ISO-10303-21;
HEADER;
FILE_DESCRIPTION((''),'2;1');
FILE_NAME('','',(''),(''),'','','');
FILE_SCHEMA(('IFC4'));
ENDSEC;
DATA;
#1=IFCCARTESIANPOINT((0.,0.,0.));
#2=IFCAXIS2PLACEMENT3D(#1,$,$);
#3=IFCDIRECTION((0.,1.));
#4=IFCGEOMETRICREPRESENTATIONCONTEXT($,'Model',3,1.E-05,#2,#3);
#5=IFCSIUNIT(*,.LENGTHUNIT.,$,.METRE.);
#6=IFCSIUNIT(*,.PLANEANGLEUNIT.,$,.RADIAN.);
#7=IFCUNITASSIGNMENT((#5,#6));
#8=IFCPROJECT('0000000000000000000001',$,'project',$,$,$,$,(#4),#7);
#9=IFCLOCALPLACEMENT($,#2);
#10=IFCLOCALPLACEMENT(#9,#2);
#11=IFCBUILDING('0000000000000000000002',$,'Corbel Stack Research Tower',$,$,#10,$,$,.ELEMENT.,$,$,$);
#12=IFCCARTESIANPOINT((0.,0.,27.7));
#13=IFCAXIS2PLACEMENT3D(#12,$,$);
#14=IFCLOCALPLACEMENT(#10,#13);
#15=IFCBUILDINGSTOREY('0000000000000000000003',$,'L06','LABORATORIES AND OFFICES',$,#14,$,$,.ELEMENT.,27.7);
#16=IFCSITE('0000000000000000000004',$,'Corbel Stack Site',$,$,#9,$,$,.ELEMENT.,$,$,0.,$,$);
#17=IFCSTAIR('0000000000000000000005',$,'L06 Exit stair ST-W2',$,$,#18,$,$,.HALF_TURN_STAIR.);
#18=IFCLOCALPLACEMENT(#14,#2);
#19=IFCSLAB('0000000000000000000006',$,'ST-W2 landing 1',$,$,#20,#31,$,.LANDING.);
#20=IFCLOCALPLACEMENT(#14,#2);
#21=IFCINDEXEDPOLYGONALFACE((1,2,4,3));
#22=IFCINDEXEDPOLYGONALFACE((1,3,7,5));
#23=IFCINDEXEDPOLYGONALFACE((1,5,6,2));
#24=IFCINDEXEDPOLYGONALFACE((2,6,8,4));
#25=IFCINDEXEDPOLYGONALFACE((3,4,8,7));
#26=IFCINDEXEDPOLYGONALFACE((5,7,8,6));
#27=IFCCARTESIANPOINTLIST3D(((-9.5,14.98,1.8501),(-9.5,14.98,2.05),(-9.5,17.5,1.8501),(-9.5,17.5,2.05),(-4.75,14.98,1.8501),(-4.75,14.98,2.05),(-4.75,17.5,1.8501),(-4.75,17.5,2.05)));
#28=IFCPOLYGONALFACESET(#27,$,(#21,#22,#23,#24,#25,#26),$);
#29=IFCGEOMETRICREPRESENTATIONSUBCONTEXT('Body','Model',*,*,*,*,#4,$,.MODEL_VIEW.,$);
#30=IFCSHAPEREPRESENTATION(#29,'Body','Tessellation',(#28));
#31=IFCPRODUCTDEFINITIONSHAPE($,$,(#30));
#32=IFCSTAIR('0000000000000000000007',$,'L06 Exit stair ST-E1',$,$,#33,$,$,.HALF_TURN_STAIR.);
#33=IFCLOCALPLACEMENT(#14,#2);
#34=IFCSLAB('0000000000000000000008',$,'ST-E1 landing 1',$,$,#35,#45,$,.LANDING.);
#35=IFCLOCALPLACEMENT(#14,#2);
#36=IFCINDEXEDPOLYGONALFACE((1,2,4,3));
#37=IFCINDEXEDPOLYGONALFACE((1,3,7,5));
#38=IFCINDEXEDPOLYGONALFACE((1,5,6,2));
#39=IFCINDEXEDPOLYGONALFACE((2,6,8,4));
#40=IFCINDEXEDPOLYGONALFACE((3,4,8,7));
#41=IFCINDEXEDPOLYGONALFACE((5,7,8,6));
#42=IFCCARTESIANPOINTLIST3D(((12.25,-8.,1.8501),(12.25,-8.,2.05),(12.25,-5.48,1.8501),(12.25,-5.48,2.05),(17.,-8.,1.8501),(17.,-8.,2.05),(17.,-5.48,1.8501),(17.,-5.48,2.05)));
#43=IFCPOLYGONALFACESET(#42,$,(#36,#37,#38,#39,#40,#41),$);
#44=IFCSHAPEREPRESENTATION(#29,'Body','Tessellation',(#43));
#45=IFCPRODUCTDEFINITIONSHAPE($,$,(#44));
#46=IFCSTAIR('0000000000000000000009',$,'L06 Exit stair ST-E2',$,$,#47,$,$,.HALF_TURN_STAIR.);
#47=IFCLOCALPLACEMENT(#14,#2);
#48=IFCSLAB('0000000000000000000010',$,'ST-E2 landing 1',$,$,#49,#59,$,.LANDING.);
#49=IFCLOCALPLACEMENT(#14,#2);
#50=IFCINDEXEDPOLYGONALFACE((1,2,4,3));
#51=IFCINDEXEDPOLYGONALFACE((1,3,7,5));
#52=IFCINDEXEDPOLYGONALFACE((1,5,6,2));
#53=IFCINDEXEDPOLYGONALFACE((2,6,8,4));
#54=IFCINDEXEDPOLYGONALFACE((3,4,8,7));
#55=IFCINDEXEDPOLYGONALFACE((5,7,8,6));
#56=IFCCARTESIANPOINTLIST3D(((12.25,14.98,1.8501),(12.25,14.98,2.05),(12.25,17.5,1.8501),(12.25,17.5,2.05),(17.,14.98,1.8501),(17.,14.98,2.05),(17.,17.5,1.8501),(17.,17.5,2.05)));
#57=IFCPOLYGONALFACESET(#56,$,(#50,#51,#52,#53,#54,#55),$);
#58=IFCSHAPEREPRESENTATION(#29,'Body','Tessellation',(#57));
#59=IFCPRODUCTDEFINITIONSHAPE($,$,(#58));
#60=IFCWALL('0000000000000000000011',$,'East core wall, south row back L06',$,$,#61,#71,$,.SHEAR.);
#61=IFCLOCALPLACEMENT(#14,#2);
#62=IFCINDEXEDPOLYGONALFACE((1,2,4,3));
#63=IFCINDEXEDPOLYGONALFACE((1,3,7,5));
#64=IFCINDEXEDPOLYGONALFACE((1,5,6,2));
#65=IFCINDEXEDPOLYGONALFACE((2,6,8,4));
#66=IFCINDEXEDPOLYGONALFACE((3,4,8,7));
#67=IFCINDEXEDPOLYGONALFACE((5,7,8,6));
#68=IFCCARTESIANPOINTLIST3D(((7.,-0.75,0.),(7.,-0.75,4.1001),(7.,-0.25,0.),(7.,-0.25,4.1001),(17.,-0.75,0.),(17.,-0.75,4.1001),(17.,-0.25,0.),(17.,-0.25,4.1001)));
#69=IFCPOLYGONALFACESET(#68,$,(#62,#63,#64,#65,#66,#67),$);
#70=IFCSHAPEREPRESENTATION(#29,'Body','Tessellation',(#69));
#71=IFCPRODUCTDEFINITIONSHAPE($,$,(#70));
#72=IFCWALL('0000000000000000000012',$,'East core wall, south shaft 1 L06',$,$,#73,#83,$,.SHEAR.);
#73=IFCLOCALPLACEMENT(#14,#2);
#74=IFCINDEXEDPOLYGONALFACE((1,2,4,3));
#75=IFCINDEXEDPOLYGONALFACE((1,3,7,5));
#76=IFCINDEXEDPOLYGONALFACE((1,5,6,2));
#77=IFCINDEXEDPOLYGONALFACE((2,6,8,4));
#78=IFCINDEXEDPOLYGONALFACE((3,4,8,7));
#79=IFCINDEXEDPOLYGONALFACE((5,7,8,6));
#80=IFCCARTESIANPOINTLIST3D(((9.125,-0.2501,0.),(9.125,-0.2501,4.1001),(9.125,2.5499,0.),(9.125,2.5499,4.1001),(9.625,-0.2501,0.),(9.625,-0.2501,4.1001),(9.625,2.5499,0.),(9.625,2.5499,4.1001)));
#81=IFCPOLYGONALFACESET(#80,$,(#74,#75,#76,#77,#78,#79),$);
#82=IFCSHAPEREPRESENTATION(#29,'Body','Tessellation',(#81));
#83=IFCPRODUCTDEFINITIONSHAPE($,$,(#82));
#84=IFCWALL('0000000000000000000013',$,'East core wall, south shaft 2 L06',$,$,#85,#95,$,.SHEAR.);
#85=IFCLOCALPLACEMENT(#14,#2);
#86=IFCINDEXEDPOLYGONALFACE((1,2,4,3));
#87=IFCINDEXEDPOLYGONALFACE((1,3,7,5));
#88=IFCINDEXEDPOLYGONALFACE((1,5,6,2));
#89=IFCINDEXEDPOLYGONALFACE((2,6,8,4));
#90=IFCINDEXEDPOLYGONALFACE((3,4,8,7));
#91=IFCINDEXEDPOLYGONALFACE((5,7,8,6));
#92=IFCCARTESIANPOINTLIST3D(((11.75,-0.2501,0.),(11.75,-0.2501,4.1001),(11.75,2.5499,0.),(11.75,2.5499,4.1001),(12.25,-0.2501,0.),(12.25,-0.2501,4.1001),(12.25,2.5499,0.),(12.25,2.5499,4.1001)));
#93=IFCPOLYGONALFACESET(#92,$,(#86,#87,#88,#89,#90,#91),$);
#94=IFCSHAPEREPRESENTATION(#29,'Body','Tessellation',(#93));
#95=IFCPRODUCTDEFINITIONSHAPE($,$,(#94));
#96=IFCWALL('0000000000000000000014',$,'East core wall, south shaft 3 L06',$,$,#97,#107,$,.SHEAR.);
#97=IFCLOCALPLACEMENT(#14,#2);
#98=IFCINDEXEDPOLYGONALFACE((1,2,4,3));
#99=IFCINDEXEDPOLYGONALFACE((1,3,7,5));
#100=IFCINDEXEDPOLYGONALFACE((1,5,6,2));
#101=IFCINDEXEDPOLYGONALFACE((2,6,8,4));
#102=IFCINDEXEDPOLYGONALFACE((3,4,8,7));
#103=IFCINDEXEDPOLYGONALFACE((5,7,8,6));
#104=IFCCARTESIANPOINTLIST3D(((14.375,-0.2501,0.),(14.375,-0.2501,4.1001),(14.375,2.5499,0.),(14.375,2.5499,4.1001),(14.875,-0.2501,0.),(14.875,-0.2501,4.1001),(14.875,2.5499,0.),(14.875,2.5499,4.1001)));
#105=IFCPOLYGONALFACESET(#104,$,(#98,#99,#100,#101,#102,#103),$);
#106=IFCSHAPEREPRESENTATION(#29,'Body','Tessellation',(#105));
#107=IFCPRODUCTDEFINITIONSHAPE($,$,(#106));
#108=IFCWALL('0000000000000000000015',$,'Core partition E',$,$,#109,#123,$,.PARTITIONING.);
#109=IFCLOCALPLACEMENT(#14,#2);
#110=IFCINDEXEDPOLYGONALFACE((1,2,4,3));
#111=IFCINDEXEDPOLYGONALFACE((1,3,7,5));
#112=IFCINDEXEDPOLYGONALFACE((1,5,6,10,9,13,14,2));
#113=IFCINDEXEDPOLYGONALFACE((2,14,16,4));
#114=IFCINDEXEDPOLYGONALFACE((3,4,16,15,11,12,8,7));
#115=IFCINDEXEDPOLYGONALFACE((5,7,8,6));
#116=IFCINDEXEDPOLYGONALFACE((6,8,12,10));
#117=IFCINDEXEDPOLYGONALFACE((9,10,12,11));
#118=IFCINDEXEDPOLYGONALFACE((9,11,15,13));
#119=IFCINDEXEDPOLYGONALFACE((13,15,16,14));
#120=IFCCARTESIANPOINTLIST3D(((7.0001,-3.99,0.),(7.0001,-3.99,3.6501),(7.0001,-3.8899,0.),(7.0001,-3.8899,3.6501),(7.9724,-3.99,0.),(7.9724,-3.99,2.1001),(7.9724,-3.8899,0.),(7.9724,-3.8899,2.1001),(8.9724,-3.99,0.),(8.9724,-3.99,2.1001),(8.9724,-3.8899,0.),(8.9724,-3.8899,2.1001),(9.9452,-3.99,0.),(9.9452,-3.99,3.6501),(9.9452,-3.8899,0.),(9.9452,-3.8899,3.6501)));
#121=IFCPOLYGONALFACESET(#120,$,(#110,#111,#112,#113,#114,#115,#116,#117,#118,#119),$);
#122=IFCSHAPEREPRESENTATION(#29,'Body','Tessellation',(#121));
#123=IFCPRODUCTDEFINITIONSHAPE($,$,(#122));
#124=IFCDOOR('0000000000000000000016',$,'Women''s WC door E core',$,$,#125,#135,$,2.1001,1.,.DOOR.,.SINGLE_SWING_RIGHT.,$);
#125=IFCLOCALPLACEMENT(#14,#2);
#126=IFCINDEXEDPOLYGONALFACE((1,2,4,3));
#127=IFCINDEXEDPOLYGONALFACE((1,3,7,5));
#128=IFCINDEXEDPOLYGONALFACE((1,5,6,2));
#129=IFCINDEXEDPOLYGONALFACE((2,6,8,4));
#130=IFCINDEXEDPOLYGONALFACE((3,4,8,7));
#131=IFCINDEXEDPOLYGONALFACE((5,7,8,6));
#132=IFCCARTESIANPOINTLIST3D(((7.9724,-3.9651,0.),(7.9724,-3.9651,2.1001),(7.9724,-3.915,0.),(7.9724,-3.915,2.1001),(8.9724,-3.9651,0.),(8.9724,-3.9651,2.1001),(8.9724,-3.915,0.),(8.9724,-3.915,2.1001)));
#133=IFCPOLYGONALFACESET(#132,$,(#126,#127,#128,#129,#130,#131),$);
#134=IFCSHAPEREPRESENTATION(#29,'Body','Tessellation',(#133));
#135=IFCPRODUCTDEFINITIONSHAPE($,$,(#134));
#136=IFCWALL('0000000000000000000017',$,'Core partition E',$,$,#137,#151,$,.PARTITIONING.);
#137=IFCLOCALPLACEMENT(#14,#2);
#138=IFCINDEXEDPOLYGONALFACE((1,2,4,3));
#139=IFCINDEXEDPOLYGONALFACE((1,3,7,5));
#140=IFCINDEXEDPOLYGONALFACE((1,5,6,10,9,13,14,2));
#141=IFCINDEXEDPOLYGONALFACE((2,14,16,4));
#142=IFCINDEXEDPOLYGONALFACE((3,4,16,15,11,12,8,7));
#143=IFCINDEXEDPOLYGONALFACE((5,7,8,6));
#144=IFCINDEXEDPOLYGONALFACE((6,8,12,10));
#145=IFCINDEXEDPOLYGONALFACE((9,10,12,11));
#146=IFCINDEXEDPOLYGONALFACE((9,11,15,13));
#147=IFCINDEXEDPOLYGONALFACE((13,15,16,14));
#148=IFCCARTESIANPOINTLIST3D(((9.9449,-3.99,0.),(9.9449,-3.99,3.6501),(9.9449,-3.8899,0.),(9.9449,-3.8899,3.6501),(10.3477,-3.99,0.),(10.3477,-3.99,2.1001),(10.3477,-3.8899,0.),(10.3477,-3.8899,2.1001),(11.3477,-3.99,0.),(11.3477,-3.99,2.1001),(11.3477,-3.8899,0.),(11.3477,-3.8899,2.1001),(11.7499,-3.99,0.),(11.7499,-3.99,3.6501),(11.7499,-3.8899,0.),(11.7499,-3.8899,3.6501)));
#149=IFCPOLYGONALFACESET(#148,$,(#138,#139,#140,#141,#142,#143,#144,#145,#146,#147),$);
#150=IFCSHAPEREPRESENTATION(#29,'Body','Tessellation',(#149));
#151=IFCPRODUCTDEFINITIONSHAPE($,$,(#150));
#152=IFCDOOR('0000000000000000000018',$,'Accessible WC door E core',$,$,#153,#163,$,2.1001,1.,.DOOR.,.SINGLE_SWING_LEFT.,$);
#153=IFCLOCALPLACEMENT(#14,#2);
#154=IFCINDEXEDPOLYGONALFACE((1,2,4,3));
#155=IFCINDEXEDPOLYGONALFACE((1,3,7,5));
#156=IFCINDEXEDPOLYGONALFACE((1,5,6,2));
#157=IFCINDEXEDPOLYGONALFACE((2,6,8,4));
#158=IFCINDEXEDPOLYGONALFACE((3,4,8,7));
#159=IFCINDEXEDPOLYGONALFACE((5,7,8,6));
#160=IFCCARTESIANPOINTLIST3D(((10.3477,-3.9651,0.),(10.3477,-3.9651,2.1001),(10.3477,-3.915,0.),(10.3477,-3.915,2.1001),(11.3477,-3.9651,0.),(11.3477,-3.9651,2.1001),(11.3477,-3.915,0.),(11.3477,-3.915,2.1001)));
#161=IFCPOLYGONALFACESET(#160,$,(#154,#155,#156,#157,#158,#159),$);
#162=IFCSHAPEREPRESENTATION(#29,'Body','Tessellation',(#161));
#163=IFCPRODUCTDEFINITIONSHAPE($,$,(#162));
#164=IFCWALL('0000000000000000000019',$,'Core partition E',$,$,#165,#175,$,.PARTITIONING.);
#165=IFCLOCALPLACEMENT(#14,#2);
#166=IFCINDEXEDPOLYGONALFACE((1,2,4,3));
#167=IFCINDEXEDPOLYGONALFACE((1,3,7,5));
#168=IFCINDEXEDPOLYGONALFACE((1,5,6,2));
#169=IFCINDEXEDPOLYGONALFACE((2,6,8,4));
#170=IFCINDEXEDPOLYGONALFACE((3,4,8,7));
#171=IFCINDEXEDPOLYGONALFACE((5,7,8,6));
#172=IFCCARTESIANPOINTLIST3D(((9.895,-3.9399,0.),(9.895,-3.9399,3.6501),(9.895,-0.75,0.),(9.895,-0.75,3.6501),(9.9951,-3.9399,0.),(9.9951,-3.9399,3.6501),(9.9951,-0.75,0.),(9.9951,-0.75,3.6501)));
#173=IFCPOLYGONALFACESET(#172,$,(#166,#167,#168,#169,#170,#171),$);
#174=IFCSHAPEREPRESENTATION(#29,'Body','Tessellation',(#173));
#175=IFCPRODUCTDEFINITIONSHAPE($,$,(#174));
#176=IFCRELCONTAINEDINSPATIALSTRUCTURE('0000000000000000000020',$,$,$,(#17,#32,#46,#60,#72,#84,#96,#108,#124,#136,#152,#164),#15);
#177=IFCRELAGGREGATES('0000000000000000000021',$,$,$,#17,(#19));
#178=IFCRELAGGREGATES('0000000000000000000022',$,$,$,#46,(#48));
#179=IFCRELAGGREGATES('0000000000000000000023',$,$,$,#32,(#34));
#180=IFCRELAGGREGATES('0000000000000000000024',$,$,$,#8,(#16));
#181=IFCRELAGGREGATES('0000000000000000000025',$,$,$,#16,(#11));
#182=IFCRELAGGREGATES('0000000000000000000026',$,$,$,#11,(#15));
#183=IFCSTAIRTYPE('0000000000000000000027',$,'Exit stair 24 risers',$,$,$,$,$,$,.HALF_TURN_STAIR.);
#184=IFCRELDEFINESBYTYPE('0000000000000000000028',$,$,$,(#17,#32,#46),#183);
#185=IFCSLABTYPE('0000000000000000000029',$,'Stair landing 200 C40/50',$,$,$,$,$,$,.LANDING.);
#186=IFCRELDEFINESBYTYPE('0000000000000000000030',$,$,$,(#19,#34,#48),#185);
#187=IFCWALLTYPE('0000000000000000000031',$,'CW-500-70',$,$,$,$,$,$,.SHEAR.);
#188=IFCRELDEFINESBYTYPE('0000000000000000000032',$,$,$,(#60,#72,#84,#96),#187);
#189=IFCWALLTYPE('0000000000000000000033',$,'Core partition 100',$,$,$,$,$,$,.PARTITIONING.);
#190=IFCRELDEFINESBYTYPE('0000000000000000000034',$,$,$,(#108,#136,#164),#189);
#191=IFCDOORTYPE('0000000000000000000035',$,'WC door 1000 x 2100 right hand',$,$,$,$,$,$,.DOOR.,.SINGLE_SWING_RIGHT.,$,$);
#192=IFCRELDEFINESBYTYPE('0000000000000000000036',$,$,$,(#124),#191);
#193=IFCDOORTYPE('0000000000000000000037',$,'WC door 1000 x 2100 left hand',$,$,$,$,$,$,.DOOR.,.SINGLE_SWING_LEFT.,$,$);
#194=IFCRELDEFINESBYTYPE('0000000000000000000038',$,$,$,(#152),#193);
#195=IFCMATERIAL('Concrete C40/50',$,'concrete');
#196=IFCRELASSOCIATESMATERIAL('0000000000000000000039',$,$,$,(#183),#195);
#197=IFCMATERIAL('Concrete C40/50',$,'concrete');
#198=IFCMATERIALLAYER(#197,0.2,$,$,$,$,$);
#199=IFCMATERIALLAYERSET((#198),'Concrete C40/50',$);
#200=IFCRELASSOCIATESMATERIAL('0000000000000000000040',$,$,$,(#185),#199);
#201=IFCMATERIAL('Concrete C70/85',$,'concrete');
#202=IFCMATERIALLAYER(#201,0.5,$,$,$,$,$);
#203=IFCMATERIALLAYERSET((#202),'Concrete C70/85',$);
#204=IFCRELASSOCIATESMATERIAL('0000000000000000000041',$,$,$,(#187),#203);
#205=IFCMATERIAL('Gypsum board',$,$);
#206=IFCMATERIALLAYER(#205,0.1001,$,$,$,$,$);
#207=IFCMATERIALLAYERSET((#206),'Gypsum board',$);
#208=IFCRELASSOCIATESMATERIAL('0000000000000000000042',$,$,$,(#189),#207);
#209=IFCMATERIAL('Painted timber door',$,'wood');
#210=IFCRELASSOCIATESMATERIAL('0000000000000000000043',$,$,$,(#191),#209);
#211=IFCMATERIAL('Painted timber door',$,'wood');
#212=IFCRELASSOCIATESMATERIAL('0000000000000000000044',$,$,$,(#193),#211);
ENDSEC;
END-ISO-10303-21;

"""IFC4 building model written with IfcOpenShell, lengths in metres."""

from ifc_helpers import new_model, si_unit, direction, frame, frame_2d, origin, place, context, subcontext, project, spatial, polyline, rectangle, outline, extrude, material, layer, layer_set, type_object, element, fill, aggregate, save


model = new_model("IFC4")

# Units and contexts
model_context = context("Model", 3, precision=1e-05, world=origin(), true_north=direction((0.0, 1.0)))
body_context = subcontext(model_context, "Body", "Model", "MODEL_VIEW")
ifc_project = project(units=[si_unit("LENGTHUNIT", "METRE"), si_unit("PLANEANGLEUNIT", "RADIAN")], contexts=[model_context])

# Site, building, storey
site_placement = place(None, origin())
site = spatial("IfcSite", under=ifc_project, at=site_placement, Name="Corbel Stack Site", CompositionType="ELEMENT", RefElevation=0.0)
building_placement = place(site_placement, origin())
building = spatial("IfcBuilding", under=site, at=building_placement, Name="Corbel Stack Research Tower", CompositionType="ELEMENT")
storey_placement = place(building_placement, frame((0.0, 0.0, 27.7)))
storey = spatial("IfcBuildingStorey", under=building, at=storey_placement, Name="L06", Description="LABORATORIES AND OFFICES", CompositionType="ELEMENT", Elevation=27.7)

# Stairs, slabs
ifc_material_1 = material(Name="Concrete C40/50", Category="concrete")
stair_type = type_object("IfcStairType", Name="Exit stair 24 risers", PredefinedType="HALF_TURN_STAIR", material=ifc_material_1)
ifc_material_2 = material(Name="Concrete C40/50", Category="concrete")
ifc_layer_1 = layer(ifc_material_2, 0.2)
ifc_layer_set_1 = layer_set([ifc_layer_1], Name="Concrete C40/50")
slab_type_1 = type_object("IfcSlabType", Name="Stair landing 200 C40/50", PredefinedType="LANDING", material=ifc_layer_set_1)
stair_1_placement = place(storey_placement, origin())
stair_1 = element("IfcStair", 1, at=stair_1_placement, inside=storey, type_object=stair_type, Name="L06 Exit stair ST-W2", PredefinedType="HALF_TURN_STAIR")
slab_1_placement = place(storey_placement, frame((0.0, 0.0, 1.8501)))
slab_1 = element("IfcSlab", 2, at=slab_1_placement, type_object=slab_type_1, Name="ST-W2 landing 1", PredefinedType="LANDING", context=body_context, shape_type="SweptSolid", body=[
    extrude(outline(polyline([(-9.5, 14.98), (-9.5, 17.5), (-4.75, 17.5), (-4.75, 14.98), (-9.5, 14.98)])), origin(), (0.0, 0.0, 1.0), 0.2),
])
aggregate(stair_1, [slab_1])
stair_2_placement = place(storey_placement, origin())
stair_2 = element("IfcStair", 3, at=stair_2_placement, inside=storey, type_object=stair_type, Name="L06 Exit stair ST-E1", PredefinedType="HALF_TURN_STAIR")
slab_2_placement = place(storey_placement, frame((0.0, 0.0, 1.8501)))
slab_2 = element("IfcSlab", 4, at=slab_2_placement, type_object=slab_type_1, Name="ST-E1 landing 1", PredefinedType="LANDING", context=body_context, shape_type="SweptSolid", body=[
    extrude(outline(polyline([(12.25, -8.0), (12.25, -5.48), (17.0, -5.48), (17.0, -8.0), (12.25, -8.0)])), origin(), (0.0, 0.0, 1.0), 0.2),
])
stair_3_placement = place(storey_placement, origin())
stair_3 = element("IfcStair", 5, at=stair_3_placement, inside=storey, type_object=stair_type, Name="L06 Exit stair ST-E2", PredefinedType="HALF_TURN_STAIR")
slab_3_placement = place(storey_placement, frame((0.0, 0.0, 1.8501)))
slab_3 = element("IfcSlab", 6, at=slab_3_placement, type_object=slab_type_1, Name="ST-E2 landing 1", PredefinedType="LANDING", context=body_context, shape_type="SweptSolid", body=[
    extrude(outline(polyline([(12.25, 14.98), (12.25, 17.5), (17.0, 17.5), (17.0, 14.98), (12.25, 14.98)])), origin(), (0.0, 0.0, 1.0), 0.2),
])
aggregate(stair_3, [slab_3])

# Walls
ifc_material_3 = material(Name="Concrete C70/85", Category="concrete")
ifc_layer_2 = layer(ifc_material_3, 0.5)
ifc_layer_set_2 = layer_set([ifc_layer_2], Name="Concrete C70/85")
wall_type_1 = type_object("IfcWallType", Name="CW-500-70", PredefinedType="SHEAR", material=ifc_layer_set_2)
wall_1_placement = place(storey_placement, frame((7.0, -0.5, 0.0), z_axis=(0.0, 0.0, 1.0), x_axis=(1.0, 0.0, 0.0)))
element("IfcWall", 7, at=wall_1_placement, inside=storey, type_object=wall_type_1, Name="East core wall, south row back L06", PredefinedType="SHEAR", context=body_context, shape_type="SweptSolid", body=[
    extrude(rectangle(XDim=10.0, YDim=0.5, at=frame_2d((5.0, 0.0))), origin(), (0.0, 0.0, 1.0), 4.1001),
])
for number, where, z_axis, x_axis, name in (
    (8, (9.375, -0.25, 0.0), (0.0, 0.0, 1.0), (0.0, 1.0, 0.0), "East core wall, south shaft 1 L06"),
    (9, (12.0, -0.25, 0.0), (0.0, 0.0, 1.0), (0.0, 1.0, 0.0), "East core wall, south shaft 2 L06"),
    (10, (14.625, -0.25, 0.0), (0.0, 0.0, 1.0), (0.0, 1.0, 0.0), "East core wall, south shaft 3 L06"),
):
    element("IfcWall", number, at=place(storey_placement, frame(where, z_axis=z_axis, x_axis=x_axis)), inside=storey, type_object=wall_type_1, Name=name, PredefinedType="SHEAR", context=body_context, shape_type="SweptSolid", body=[
        extrude(rectangle(XDim=2.8, YDim=0.5, at=frame_2d((1.3999, 0.0))), origin(), (0.0, 0.0, 1.0), 4.1001),
    ])

# Walls, openings, doors
ifc_material_4 = material(Name="Gypsum board")
ifc_layer_3 = layer(ifc_material_4, 0.1001)
ifc_layer_set_3 = layer_set([ifc_layer_3], Name="Gypsum board")
wall_type_2 = type_object("IfcWallType", Name="Core partition 100", PredefinedType="PARTITIONING", material=ifc_layer_set_3)
wall_2_placement = place(storey_placement, frame((7.0, -3.9399, 0.0), z_axis=(0.0, 0.0, 1.0), x_axis=(1.0, 0.0, 0.0)))
wall_2 = element("IfcWall", 11, at=wall_2_placement, inside=storey, type_object=wall_type_2, Name="Core partition E", PredefinedType="PARTITIONING", context=body_context, shape_type="SweptSolid", body=[
    extrude(rectangle(XDim=2.9451, YDim=0.1001, at=frame_2d((1.4727, 0.0))), origin(), (0.0, 0.0, 1.0), 3.6501),
])
opening_1_placement = place(wall_2_placement, frame((0.9724, 0.0, 0.0)))
opening_1 = element("IfcOpeningElement", 12, at=opening_1_placement, cuts=wall_2, PredefinedType="OPENING", context=body_context, shape_type="SweptSolid", body=[
    extrude(rectangle(XDim=1.0, YDim=2.1001, at=frame_2d((0.5, 1.05))), frame((0.0, 0.0601, 0.0), z_axis=(0.0, -1.0, 0.0), x_axis=(1.0, 0.0, 0.0)), (0.0, 0.0, 1.0), 0.1201),
])
ifc_material_5 = material(Name="Painted timber door", Category="wood")
door_type_1 = type_object("IfcDoorType", Name="WC door 1000 x 2100 right hand", OperationType="SINGLE_SWING_RIGHT", PredefinedType="DOOR", material=ifc_material_5)
door_1_placement = place(opening_1_placement, origin())
door_1 = element("IfcDoor", 13, at=door_1_placement, inside=storey, type_object=door_type_1, Name="Women's WC door E core", OperationType="SINGLE_SWING_RIGHT", OverallHeight=2.1001, OverallWidth=1.0, PredefinedType="DOOR", context=body_context, shape_type="SweptSolid", body=[
    extrude(rectangle(XDim=1.0, YDim=2.1001, at=frame_2d((0.5, 1.05))), frame((0.0, 0.0249, 0.0), z_axis=(0.0, -1.0, 0.0), x_axis=(1.0, 0.0, 0.0)), (0.0, 0.0, 1.0), 0.05),
])
fill(opening_1, door_1)
wall_3_placement = place(storey_placement, frame((9.9451, -3.9399, 0.0), z_axis=(0.0, 0.0, 1.0), x_axis=(1.0, 0.0, 0.0)))
wall_3 = element("IfcWall", 14, at=wall_3_placement, inside=storey, type_object=wall_type_2, Name="Core partition E", PredefinedType="PARTITIONING", context=body_context, shape_type="SweptSolid", body=[
    extrude(rectangle(XDim=1.8049, YDim=0.1001, at=frame_2d((0.9023, 0.0))), origin(), (0.0, 0.0, 1.0), 3.6501),
])
opening_2_placement = place(wall_3_placement, frame((0.4026, 0.0, 0.0)))
opening_2 = element("IfcOpeningElement", 15, at=opening_2_placement, cuts=wall_3, PredefinedType="OPENING", context=body_context, shape_type="SweptSolid", body=[
    extrude(rectangle(XDim=1.0, YDim=2.1001, at=frame_2d((0.5, 1.05))), frame((0.0, 0.0601, 0.0), z_axis=(0.0, -1.0, 0.0), x_axis=(1.0, 0.0, 0.0)), (0.0, 0.0, 1.0), 0.1201),
])
ifc_material_6 = material(Name="Painted timber door", Category="wood")
door_type_2 = type_object("IfcDoorType", Name="WC door 1000 x 2100 left hand", OperationType="SINGLE_SWING_LEFT", PredefinedType="DOOR", material=ifc_material_6)
door_2_placement = place(opening_2_placement, origin())
door_2 = element("IfcDoor", 16, at=door_2_placement, inside=storey, type_object=door_type_2, Name="Accessible WC door E core", OperationType="SINGLE_SWING_LEFT", OverallHeight=2.1001, OverallWidth=1.0, PredefinedType="DOOR", context=body_context, shape_type="SweptSolid", body=[
    extrude(rectangle(XDim=1.0, YDim=2.1001, at=frame_2d((0.5, 1.05))), frame((0.0, 0.0249, 0.0), z_axis=(0.0, -1.0, 0.0), x_axis=(1.0, 0.0, 0.0)), (0.0, 0.0, 1.0), 0.05),
])
fill(opening_2, door_2)

# Wall
wall_4_placement = place(storey_placement, frame((9.9451, -3.9399, 0.0), z_axis=(0.0, 0.0, 1.0), x_axis=(0.0, 1.0, 0.0)))
element("IfcWall", 17, at=wall_4_placement, inside=storey, type_object=wall_type_2, Name="Core partition E", PredefinedType="PARTITIONING", context=body_context, shape_type="SweptSolid", body=[
    extrude(rectangle(XDim=3.1899, YDim=0.1001, at=frame_2d((1.595, 0.0))), origin(), (0.0, 0.0, 1.0), 3.6501),
])

aggregate(stair_2, [slab_2])

save(model, "model.ifc")
